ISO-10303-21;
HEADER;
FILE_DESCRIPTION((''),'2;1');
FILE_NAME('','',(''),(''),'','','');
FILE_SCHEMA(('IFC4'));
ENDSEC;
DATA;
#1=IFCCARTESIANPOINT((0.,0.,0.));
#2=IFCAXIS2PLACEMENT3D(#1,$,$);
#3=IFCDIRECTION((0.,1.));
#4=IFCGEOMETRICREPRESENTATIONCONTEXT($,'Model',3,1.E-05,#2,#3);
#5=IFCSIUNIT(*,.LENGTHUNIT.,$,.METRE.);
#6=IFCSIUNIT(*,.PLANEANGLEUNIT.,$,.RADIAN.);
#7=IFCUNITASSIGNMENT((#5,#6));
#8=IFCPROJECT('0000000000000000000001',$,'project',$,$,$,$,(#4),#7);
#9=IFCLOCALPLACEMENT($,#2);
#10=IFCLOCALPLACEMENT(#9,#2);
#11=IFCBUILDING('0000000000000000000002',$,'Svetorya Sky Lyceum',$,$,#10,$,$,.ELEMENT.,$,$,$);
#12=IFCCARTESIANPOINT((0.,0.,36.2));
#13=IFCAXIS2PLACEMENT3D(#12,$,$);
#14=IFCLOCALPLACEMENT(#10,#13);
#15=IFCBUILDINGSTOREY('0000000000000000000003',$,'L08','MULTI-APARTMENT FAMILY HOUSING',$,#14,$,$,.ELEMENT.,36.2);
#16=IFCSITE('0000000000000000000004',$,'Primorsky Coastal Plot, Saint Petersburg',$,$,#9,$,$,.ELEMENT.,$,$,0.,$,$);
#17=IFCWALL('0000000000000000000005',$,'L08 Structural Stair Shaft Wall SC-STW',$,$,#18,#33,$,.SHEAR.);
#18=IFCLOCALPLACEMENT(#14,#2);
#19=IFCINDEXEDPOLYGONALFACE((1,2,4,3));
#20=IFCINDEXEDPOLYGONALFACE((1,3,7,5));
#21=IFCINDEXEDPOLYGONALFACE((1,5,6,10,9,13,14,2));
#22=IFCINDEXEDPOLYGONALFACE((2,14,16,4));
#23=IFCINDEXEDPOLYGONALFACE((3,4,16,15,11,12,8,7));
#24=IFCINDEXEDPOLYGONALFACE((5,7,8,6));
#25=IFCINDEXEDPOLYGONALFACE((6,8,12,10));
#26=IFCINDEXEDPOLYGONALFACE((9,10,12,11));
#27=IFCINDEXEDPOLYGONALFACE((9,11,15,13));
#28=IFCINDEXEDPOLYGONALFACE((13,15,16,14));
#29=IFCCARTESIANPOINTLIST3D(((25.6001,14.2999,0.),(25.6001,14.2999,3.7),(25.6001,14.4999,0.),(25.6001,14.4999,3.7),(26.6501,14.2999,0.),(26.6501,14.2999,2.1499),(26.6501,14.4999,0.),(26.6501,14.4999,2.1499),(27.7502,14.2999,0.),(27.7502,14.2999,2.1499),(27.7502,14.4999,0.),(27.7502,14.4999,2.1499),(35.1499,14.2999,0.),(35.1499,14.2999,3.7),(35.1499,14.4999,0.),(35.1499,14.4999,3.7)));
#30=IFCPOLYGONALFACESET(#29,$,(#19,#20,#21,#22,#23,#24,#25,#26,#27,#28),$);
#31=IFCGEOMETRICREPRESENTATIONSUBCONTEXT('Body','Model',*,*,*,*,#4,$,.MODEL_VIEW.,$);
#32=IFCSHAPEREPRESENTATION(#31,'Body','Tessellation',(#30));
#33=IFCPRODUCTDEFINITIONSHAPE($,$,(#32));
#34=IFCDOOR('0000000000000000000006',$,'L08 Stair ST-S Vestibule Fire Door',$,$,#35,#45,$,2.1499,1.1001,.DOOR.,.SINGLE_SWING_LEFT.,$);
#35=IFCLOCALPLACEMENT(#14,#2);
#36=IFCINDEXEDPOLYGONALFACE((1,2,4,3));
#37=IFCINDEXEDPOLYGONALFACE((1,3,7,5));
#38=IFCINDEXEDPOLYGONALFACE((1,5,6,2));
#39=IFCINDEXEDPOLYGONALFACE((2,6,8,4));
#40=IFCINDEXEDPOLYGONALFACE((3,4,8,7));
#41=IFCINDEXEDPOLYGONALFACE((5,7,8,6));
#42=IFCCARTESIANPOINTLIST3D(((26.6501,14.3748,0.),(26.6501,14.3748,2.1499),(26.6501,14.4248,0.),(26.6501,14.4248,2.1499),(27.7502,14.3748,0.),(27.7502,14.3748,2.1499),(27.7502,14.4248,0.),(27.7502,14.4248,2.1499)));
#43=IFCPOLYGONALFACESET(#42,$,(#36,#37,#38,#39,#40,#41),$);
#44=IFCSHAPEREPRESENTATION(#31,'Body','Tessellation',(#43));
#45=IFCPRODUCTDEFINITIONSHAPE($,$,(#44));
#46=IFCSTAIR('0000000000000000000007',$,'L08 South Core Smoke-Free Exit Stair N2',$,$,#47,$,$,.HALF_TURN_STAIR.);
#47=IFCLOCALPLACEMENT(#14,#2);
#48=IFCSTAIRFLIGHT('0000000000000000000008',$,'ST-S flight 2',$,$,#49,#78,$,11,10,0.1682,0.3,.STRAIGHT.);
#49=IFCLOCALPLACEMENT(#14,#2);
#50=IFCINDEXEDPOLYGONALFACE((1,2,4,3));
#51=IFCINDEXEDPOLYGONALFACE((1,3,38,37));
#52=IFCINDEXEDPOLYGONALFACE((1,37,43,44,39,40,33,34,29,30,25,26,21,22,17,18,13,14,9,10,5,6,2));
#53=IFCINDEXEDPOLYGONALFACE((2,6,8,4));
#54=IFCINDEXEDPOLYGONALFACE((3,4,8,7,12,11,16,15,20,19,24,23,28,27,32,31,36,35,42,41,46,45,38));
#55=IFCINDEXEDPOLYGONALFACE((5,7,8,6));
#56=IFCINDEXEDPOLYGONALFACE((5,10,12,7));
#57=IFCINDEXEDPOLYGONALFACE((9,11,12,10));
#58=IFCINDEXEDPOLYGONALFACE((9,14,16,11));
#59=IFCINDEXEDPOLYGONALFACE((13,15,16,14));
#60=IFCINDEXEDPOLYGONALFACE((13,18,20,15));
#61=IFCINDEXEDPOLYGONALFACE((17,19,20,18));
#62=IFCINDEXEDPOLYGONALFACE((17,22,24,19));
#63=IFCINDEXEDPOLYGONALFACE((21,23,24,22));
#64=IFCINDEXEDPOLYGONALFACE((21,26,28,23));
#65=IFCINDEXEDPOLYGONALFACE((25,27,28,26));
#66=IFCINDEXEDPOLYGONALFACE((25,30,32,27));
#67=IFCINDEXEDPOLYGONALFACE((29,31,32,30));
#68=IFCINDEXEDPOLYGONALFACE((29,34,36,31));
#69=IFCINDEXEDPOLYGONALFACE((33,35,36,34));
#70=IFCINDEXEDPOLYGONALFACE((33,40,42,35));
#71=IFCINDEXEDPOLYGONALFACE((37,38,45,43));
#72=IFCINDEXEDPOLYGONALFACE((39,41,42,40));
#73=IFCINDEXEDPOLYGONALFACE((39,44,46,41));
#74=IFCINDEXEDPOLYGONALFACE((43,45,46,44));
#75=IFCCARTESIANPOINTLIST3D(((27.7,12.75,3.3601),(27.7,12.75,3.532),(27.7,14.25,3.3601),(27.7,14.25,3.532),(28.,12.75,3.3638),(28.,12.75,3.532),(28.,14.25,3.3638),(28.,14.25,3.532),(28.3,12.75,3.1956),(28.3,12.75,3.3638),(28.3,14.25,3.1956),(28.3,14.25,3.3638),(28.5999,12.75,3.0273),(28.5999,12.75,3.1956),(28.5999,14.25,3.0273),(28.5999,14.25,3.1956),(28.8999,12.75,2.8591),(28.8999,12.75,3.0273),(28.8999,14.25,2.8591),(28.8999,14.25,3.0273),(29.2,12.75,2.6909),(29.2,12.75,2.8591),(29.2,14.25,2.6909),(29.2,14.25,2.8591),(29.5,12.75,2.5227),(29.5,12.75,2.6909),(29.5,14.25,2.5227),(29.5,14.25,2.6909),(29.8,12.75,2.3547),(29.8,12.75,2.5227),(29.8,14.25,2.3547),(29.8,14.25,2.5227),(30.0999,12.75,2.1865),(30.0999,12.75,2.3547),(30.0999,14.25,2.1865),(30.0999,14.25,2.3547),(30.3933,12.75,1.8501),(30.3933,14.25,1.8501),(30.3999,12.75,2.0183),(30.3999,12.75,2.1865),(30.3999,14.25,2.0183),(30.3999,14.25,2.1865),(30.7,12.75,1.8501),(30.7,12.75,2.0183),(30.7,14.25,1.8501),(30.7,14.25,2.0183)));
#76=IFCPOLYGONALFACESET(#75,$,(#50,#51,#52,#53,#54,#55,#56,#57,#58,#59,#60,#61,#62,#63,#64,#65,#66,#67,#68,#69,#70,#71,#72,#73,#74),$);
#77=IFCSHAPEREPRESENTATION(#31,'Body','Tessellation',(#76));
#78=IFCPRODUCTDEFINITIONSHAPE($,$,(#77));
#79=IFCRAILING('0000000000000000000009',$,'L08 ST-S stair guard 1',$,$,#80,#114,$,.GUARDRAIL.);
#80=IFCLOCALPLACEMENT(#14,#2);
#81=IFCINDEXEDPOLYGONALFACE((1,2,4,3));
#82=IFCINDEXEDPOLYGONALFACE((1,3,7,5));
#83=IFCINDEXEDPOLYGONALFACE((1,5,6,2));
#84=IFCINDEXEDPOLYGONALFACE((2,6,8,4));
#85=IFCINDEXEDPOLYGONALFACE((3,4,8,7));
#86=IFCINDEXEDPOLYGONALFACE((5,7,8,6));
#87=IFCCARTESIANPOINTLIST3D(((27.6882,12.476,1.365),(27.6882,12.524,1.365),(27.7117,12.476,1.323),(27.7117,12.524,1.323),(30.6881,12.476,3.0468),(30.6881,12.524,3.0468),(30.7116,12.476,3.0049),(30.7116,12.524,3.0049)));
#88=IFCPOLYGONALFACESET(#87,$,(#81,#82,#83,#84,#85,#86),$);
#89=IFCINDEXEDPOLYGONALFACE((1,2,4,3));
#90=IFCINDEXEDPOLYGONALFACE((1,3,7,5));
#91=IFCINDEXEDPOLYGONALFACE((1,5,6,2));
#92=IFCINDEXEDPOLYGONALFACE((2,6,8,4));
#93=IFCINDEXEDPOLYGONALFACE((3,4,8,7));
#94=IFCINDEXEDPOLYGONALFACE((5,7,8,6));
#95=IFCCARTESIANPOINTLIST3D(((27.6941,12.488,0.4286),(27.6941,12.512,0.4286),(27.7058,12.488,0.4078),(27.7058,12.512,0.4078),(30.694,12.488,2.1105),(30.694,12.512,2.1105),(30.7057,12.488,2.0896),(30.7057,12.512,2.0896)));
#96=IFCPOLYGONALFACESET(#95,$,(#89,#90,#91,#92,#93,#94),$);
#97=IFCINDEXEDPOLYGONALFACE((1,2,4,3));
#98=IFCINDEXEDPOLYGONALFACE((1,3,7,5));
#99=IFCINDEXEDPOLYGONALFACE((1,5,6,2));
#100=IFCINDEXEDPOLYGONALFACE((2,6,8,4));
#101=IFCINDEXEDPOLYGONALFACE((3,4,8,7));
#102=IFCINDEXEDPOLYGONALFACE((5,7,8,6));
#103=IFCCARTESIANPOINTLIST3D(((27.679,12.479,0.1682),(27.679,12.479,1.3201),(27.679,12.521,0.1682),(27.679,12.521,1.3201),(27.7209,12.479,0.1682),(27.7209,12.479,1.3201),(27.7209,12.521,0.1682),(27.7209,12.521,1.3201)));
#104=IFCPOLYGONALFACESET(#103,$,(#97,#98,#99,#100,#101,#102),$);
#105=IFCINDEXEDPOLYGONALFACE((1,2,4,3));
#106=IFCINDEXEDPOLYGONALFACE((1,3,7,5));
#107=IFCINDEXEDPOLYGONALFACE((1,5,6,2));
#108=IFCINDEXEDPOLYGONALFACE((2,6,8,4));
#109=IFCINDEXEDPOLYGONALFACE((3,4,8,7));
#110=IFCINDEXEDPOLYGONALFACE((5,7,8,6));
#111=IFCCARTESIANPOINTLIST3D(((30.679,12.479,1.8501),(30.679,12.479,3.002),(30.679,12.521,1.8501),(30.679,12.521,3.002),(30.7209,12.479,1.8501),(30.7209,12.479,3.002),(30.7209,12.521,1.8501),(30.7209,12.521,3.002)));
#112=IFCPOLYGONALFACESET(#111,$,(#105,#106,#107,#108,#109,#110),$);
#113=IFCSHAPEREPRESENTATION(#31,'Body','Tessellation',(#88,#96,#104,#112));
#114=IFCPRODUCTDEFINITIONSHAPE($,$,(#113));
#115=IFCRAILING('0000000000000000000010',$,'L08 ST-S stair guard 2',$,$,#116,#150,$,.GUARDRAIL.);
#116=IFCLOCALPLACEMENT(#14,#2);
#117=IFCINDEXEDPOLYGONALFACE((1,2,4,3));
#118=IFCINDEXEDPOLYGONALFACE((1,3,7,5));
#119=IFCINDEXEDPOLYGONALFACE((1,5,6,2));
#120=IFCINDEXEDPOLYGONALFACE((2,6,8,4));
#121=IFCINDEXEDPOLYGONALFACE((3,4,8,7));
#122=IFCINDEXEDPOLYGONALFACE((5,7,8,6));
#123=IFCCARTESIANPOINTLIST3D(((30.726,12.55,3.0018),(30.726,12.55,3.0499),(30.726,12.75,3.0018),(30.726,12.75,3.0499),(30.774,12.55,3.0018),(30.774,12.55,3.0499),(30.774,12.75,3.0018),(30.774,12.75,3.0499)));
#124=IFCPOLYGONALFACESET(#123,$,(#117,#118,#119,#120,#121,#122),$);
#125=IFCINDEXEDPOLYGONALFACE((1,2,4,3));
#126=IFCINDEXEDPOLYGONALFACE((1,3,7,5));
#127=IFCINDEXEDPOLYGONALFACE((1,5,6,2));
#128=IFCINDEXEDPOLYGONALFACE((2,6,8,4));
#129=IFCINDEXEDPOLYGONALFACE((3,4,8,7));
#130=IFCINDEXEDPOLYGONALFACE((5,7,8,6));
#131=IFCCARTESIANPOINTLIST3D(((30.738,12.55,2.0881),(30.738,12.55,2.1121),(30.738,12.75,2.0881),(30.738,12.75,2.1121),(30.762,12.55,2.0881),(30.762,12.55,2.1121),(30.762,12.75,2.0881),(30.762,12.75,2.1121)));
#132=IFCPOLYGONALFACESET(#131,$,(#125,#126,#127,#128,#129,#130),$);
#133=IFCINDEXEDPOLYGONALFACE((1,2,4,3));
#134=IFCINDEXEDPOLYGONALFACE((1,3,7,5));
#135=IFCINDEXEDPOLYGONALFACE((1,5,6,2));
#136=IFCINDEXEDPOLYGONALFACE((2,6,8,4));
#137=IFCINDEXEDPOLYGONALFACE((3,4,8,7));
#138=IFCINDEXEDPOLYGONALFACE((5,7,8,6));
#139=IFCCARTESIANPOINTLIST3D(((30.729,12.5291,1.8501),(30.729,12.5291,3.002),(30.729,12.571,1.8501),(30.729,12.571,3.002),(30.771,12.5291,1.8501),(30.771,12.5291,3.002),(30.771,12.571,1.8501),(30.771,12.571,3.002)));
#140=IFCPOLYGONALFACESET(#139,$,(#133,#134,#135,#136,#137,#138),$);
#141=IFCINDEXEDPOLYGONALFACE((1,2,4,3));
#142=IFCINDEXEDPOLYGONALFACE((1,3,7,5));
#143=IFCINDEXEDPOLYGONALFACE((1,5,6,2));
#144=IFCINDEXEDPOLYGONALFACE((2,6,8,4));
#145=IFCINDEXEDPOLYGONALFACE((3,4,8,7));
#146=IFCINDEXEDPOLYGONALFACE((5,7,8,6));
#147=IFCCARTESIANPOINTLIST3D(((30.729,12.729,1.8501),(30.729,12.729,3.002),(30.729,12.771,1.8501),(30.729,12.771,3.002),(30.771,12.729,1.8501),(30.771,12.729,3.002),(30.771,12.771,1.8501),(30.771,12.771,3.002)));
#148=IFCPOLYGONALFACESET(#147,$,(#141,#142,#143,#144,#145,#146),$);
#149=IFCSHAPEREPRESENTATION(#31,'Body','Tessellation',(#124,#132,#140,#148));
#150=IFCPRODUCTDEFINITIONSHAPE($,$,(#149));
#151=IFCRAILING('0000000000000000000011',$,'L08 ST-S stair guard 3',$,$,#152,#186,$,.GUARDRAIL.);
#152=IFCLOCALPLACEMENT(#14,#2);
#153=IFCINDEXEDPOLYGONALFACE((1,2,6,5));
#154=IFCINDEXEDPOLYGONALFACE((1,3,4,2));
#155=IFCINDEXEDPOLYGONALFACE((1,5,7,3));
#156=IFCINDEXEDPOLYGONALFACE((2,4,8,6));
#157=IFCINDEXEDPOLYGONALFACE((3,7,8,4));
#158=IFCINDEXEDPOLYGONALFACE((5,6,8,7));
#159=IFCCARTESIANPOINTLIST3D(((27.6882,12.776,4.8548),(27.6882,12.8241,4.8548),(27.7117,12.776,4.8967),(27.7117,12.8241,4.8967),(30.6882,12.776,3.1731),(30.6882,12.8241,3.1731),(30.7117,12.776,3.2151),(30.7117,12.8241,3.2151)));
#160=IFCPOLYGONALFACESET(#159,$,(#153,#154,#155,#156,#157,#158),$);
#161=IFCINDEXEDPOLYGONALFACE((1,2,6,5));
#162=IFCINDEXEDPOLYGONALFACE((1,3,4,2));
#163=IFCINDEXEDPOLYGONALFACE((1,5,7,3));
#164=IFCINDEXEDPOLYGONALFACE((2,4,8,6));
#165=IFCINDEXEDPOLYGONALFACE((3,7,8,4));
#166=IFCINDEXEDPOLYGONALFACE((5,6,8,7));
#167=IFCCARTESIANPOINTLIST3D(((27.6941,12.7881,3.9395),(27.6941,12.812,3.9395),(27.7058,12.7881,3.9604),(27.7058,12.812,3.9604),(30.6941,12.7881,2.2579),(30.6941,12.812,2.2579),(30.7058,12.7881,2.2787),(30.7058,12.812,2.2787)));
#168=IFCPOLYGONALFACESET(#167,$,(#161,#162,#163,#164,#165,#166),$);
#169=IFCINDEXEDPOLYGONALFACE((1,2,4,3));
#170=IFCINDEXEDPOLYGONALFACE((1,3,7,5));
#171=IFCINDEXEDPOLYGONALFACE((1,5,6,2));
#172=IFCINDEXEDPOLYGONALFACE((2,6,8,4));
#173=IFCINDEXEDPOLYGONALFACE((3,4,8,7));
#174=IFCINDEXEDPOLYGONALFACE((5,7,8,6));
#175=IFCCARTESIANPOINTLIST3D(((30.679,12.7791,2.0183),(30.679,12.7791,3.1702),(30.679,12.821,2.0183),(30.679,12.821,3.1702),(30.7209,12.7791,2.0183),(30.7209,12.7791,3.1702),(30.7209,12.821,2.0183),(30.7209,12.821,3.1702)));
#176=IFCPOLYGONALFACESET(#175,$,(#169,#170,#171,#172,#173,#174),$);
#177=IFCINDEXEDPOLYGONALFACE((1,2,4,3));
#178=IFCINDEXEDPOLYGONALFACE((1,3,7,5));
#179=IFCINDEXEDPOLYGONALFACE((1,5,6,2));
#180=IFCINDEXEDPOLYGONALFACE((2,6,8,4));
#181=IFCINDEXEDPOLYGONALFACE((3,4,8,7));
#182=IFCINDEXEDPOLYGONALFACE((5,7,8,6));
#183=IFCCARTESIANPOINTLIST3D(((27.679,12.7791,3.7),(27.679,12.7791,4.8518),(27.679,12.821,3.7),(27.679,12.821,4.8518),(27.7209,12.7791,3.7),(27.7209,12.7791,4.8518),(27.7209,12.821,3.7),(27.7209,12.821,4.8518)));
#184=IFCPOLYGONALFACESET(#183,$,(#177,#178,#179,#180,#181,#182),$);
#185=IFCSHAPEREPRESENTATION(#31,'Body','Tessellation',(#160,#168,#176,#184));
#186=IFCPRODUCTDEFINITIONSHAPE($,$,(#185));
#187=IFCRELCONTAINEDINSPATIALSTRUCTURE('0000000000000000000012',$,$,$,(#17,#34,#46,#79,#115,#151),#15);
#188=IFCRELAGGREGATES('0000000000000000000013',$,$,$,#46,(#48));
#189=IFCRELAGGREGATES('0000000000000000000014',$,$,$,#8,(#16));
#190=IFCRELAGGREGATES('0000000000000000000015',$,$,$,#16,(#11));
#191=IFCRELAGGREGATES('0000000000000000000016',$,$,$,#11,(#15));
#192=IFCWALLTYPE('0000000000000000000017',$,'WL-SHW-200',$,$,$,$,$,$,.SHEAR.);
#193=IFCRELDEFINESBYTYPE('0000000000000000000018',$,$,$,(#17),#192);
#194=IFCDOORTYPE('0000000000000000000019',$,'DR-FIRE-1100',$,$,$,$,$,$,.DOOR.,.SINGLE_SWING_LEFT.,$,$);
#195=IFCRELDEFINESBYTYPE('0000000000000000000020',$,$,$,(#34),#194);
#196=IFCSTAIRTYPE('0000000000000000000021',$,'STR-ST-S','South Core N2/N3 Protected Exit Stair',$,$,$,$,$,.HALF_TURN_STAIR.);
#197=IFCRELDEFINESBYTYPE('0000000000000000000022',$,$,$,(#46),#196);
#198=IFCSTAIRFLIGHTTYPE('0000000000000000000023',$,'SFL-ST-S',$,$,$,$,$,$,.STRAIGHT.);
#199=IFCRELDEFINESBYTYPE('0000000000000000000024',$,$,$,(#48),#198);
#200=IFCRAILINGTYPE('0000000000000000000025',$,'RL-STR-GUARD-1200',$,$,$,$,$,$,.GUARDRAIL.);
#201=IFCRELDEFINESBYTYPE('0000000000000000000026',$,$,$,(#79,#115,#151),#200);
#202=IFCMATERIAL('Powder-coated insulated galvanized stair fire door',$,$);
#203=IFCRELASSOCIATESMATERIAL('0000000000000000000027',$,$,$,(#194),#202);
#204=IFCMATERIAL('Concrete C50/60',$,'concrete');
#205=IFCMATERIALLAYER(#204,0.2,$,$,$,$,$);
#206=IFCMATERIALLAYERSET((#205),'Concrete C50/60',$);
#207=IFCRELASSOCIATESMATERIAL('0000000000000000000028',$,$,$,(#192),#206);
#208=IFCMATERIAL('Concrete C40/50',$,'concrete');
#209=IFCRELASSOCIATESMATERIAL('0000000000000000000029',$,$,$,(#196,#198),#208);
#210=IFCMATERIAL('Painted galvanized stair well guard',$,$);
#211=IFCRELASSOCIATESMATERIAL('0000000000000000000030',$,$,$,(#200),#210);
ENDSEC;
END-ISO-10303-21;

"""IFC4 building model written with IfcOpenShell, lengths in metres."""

from ifc_helpers import new_model, si_unit, direction, frame, frame_2d, origin, origin_2d, place, context, subcontext, project, spatial, polyline, rectangle, outline, extrude, material, layer, layer_set, type_object, element, fill, aggregate, save


model = new_model("IFC4")

# Units and contexts
model_context = context("Model", 3, precision=1e-05, world=origin(), true_north=direction((0.0, 1.0)))
body_context = subcontext(model_context, "Body", "Model", "MODEL_VIEW")
ifc_project = project(units=[si_unit("LENGTHUNIT", "METRE"), si_unit("PLANEANGLEUNIT", "RADIAN")], contexts=[model_context])

# Site, building, storey
site_placement = place(None, origin())
site = spatial("IfcSite", under=ifc_project, at=site_placement, Name="Primorsky Coastal Plot, Saint Petersburg", CompositionType="ELEMENT", RefElevation=0.0)
building_placement = place(site_placement, origin())
building = spatial("IfcBuilding", under=site, at=building_placement, Name="Svetorya Sky Lyceum", CompositionType="ELEMENT")
storey_placement = place(building_placement, frame((0.0, 0.0, 36.2)))
storey = spatial("IfcBuildingStorey", under=building, at=storey_placement, Name="L08", Description="MULTI-APARTMENT FAMILY HOUSING", CompositionType="ELEMENT", Elevation=36.2)

# Shared definitions
ifc_material_1 = material(Name="Concrete C50/60", Category="concrete")

# Shared definitions
ifc_material_2 = material(Name="Powder-coated insulated galvanized stair fire door")
door_type_1 = type_object("IfcDoorType", Name="DR-FIRE-1100", OperationType="SINGLE_SWING_LEFT", PredefinedType="DOOR", material=ifc_material_2)

# Wall, opening, door
ifc_layer_1 = layer(ifc_material_1, 0.2)
ifc_layer_set_1 = layer_set([ifc_layer_1], Name="Concrete C50/60")
wall_type_1 = type_object("IfcWallType", Name="WL-SHW-200", PredefinedType="SHEAR", material=ifc_layer_set_1)
wall_1_placement = place(storey_placement, frame((25.6001, 14.3999, 0.0), z_axis=(0.0, 0.0, 1.0), x_axis=(1.0, 0.0, 0.0)))
wall_1 = element("IfcWall", 1, at=wall_1_placement, inside=storey, type_object=wall_type_1, Name="L08 Structural Stair Shaft Wall SC-STW", PredefinedType="SHEAR", context=body_context, shape_type="SweptSolid", body=[
    extrude(rectangle(XDim=9.5498, YDim=0.2, at=frame_2d((4.7749, 0.0))), origin(), (0.0, 0.0, 1.0), 3.7),
])
opening_1_placement = place(wall_1_placement, frame((1.05, 0.0, 0.0)))
opening_1 = element("IfcOpeningElement", 2, at=opening_1_placement, cuts=wall_1, PredefinedType="OPENING", context=body_context, shape_type="SweptSolid", body=[
    extrude(rectangle(XDim=1.1001, YDim=2.1499, at=frame_2d((0.55, 1.075))), frame((0.0, 0.1099, 0.0), z_axis=(0.0, -1.0, 0.0), x_axis=(1.0, 0.0, 0.0)), (0.0, 0.0, 1.0), 0.22),
])
door_1_placement = place(opening_1_placement, origin())
door_1 = element("IfcDoor", 3, at=door_1_placement, inside=storey, type_object=door_type_1, Name="L08 Stair ST-S Vestibule Fire Door", OperationType="SINGLE_SWING_LEFT", OverallHeight=2.1499, OverallWidth=1.1001, PredefinedType="DOOR", context=body_context, shape_type="SweptSolid", body=[
    extrude(rectangle(XDim=1.1001, YDim=2.1499, at=frame_2d((0.55, 1.075))), frame((0.0, 0.0249, 0.0), z_axis=(0.0, -1.0, 0.0), x_axis=(1.0, 0.0, 0.0)), (0.0, 0.0, 1.0), 0.05),
])
fill(opening_1, door_1)

# Stair, stair flight
ifc_material_3 = material(Name="Concrete C40/50", Category="concrete")
stair_type = type_object("IfcStairType", Name="STR-ST-S", Description="South Core N2/N3 Protected Exit Stair", PredefinedType="HALF_TURN_STAIR", material=ifc_material_3)
stair_placement = place(storey_placement, origin())
stair = element("IfcStair", 4, at=stair_placement, inside=storey, type_object=stair_type, Name="L08 South Core Smoke-Free Exit Stair N2", PredefinedType="HALF_TURN_STAIR")
stair_flight_type = type_object("IfcStairFlightType", Name="SFL-ST-S", PredefinedType="STRAIGHT", material=ifc_material_3)
stair_flight_placement = place(storey_placement, frame((30.7, 13.5, 1.8501), z_axis=(0.0, 0.0, 1.0), x_axis=(-1.0, 0.0, 0.0)))
stair_flight = element("IfcStairFlight", 5, at=stair_flight_placement, type_object=stair_flight_type, Name="ST-S flight 2", NumberOfRisers=11, NumberOfTreads=10, PredefinedType="STRAIGHT", RiserHeight=0.1682, TreadLength=0.3, context=body_context, shape_type="SweptSolid", body=[
    extrude(outline(polyline([(0.0, 0.0), (0.0, 0.1682), (0.3, 0.1682), (0.3, 0.3364), (0.6001, 0.3364), (0.6001, 0.5046), (0.8999, 0.5046), (0.8999, 0.6726), (1.2, 0.6726), (1.2, 0.8408), (1.5, 0.8408), (1.5, 1.009), (1.8, 1.009), (1.8, 1.1772), (2.1001, 1.1772), (2.1001, 1.3455), (2.3999, 1.3455), (2.3999, 1.5137), (2.7, 1.5137), (2.7, 1.6819), (3.0, 1.6819), (3.0, 1.8501), (3.0, 1.51), (0.3066, 0.0), (0.0, 0.0)])), frame((0.0, 0.75, 0.0), z_axis=(0.0, -1.0, 0.0), x_axis=(1.0, 0.0, 0.0)), (0.0, 0.0, 1.0), 1.5),
])
aggregate(stair, [stair_flight])

# Railings
ifc_material_4 = material(Name="Painted galvanized stair well guard")
railing_type_1 = type_object("IfcRailingType", Name="RL-STR-GUARD-1200", PredefinedType="GUARDRAIL", material=ifc_material_4)
railing_1_placement = place(storey_placement, frame((27.7, 12.5, 0.1682)))
element("IfcRailing", 6, at=railing_1_placement, inside=storey, type_object=railing_type_1, Name="L08 ST-S stair guard 1", PredefinedType="GUARDRAIL", context=body_context, shape_type="SweptSolid", body=[
    extrude(rectangle(XDim=0.0481, YDim=0.0481, at=origin_2d()), frame((0.0, 0.0, 1.1758), z_axis=(0.872272, 0.0, 0.48902), x_axis=(0.0, 1.0, 0.0)), (0.0, 0.0, 1.0), 3.4392),
    extrude(rectangle(XDim=0.0239, YDim=0.0239, at=origin_2d()), frame((0.0, 0.0, 0.25), z_axis=(0.872272, 0.0, 0.48902), x_axis=(0.0, 1.0, 0.0)), (0.0, 0.0, 1.0), 3.4392),
    extrude(rectangle(XDim=0.042, YDim=0.042, at=origin_2d()), origin(), (0.0, 0.0, 1.0), 1.1519),
    extrude(rectangle(XDim=0.042, YDim=0.042, at=origin_2d()), frame((3.0, 0.0, 1.6819)), (0.0, 0.0, 1.0), 1.1519),
])
railing_2_placement = place(storey_placement, frame((30.75, 12.55, 1.8501)))
element("IfcRailing", 7, at=railing_2_placement, inside=storey, type_object=railing_type_1, Name="L08 ST-S stair guard 2", PredefinedType="GUARDRAIL", context=body_context, shape_type="SweptSolid", body=[
    extrude(rectangle(XDim=0.0481, YDim=0.0481, at=origin_2d()), frame((0.0, 0.0, 1.1758), z_axis=(0.0, 1.0, 0.0), x_axis=(-1.0, 0.0, 0.0)), (0.0, 0.0, 1.0), 0.2),
    extrude(rectangle(XDim=0.0239, YDim=0.0239, at=origin_2d()), frame((0.0, 0.0, 0.25), z_axis=(0.0, 1.0, 0.0), x_axis=(-1.0, 0.0, 0.0)), (0.0, 0.0, 1.0), 0.2),
    extrude(rectangle(XDim=0.042, YDim=0.042, at=origin_2d()), origin(), (0.0, 0.0, 1.0), 1.1519),
    extrude(rectangle(XDim=0.042, YDim=0.042, at=origin_2d()), frame((0.0, 0.2, 0.0)), (0.0, 0.0, 1.0), 1.1519),
])
railing_3_placement = place(storey_placement, frame((30.7, 12.8, 2.0183)))
element("IfcRailing", 8, at=railing_3_placement, inside=storey, type_object=railing_type_1, Name="L08 ST-S stair guard 3", PredefinedType="GUARDRAIL", context=body_context, shape_type="SweptSolid", body=[
    extrude(rectangle(XDim=0.0481, YDim=0.0481, at=origin_2d()), frame((0.0, 0.0, 1.1758), z_axis=(-0.872303, 0.0, 0.488966), x_axis=(0.0, -1.0, 0.0)), (0.0, 0.0, 1.0), 3.4392),
    extrude(rectangle(XDim=0.0239, YDim=0.0239, at=origin_2d()), frame((0.0, 0.0, 0.25), z_axis=(-0.872303, 0.0, 0.488966), x_axis=(0.0, -1.0, 0.0)), (0.0, 0.0, 1.0), 3.4392),
    extrude(rectangle(XDim=0.042, YDim=0.042, at=origin_2d()), origin(), (0.0, 0.0, 1.0), 1.1519),
    extrude(rectangle(XDim=0.042, YDim=0.042, at=origin_2d()), frame((-3.0, 0.0, 1.6816)), (0.0, 0.0, 1.0), 1.1519),
])

save(model, "model.ifc")
